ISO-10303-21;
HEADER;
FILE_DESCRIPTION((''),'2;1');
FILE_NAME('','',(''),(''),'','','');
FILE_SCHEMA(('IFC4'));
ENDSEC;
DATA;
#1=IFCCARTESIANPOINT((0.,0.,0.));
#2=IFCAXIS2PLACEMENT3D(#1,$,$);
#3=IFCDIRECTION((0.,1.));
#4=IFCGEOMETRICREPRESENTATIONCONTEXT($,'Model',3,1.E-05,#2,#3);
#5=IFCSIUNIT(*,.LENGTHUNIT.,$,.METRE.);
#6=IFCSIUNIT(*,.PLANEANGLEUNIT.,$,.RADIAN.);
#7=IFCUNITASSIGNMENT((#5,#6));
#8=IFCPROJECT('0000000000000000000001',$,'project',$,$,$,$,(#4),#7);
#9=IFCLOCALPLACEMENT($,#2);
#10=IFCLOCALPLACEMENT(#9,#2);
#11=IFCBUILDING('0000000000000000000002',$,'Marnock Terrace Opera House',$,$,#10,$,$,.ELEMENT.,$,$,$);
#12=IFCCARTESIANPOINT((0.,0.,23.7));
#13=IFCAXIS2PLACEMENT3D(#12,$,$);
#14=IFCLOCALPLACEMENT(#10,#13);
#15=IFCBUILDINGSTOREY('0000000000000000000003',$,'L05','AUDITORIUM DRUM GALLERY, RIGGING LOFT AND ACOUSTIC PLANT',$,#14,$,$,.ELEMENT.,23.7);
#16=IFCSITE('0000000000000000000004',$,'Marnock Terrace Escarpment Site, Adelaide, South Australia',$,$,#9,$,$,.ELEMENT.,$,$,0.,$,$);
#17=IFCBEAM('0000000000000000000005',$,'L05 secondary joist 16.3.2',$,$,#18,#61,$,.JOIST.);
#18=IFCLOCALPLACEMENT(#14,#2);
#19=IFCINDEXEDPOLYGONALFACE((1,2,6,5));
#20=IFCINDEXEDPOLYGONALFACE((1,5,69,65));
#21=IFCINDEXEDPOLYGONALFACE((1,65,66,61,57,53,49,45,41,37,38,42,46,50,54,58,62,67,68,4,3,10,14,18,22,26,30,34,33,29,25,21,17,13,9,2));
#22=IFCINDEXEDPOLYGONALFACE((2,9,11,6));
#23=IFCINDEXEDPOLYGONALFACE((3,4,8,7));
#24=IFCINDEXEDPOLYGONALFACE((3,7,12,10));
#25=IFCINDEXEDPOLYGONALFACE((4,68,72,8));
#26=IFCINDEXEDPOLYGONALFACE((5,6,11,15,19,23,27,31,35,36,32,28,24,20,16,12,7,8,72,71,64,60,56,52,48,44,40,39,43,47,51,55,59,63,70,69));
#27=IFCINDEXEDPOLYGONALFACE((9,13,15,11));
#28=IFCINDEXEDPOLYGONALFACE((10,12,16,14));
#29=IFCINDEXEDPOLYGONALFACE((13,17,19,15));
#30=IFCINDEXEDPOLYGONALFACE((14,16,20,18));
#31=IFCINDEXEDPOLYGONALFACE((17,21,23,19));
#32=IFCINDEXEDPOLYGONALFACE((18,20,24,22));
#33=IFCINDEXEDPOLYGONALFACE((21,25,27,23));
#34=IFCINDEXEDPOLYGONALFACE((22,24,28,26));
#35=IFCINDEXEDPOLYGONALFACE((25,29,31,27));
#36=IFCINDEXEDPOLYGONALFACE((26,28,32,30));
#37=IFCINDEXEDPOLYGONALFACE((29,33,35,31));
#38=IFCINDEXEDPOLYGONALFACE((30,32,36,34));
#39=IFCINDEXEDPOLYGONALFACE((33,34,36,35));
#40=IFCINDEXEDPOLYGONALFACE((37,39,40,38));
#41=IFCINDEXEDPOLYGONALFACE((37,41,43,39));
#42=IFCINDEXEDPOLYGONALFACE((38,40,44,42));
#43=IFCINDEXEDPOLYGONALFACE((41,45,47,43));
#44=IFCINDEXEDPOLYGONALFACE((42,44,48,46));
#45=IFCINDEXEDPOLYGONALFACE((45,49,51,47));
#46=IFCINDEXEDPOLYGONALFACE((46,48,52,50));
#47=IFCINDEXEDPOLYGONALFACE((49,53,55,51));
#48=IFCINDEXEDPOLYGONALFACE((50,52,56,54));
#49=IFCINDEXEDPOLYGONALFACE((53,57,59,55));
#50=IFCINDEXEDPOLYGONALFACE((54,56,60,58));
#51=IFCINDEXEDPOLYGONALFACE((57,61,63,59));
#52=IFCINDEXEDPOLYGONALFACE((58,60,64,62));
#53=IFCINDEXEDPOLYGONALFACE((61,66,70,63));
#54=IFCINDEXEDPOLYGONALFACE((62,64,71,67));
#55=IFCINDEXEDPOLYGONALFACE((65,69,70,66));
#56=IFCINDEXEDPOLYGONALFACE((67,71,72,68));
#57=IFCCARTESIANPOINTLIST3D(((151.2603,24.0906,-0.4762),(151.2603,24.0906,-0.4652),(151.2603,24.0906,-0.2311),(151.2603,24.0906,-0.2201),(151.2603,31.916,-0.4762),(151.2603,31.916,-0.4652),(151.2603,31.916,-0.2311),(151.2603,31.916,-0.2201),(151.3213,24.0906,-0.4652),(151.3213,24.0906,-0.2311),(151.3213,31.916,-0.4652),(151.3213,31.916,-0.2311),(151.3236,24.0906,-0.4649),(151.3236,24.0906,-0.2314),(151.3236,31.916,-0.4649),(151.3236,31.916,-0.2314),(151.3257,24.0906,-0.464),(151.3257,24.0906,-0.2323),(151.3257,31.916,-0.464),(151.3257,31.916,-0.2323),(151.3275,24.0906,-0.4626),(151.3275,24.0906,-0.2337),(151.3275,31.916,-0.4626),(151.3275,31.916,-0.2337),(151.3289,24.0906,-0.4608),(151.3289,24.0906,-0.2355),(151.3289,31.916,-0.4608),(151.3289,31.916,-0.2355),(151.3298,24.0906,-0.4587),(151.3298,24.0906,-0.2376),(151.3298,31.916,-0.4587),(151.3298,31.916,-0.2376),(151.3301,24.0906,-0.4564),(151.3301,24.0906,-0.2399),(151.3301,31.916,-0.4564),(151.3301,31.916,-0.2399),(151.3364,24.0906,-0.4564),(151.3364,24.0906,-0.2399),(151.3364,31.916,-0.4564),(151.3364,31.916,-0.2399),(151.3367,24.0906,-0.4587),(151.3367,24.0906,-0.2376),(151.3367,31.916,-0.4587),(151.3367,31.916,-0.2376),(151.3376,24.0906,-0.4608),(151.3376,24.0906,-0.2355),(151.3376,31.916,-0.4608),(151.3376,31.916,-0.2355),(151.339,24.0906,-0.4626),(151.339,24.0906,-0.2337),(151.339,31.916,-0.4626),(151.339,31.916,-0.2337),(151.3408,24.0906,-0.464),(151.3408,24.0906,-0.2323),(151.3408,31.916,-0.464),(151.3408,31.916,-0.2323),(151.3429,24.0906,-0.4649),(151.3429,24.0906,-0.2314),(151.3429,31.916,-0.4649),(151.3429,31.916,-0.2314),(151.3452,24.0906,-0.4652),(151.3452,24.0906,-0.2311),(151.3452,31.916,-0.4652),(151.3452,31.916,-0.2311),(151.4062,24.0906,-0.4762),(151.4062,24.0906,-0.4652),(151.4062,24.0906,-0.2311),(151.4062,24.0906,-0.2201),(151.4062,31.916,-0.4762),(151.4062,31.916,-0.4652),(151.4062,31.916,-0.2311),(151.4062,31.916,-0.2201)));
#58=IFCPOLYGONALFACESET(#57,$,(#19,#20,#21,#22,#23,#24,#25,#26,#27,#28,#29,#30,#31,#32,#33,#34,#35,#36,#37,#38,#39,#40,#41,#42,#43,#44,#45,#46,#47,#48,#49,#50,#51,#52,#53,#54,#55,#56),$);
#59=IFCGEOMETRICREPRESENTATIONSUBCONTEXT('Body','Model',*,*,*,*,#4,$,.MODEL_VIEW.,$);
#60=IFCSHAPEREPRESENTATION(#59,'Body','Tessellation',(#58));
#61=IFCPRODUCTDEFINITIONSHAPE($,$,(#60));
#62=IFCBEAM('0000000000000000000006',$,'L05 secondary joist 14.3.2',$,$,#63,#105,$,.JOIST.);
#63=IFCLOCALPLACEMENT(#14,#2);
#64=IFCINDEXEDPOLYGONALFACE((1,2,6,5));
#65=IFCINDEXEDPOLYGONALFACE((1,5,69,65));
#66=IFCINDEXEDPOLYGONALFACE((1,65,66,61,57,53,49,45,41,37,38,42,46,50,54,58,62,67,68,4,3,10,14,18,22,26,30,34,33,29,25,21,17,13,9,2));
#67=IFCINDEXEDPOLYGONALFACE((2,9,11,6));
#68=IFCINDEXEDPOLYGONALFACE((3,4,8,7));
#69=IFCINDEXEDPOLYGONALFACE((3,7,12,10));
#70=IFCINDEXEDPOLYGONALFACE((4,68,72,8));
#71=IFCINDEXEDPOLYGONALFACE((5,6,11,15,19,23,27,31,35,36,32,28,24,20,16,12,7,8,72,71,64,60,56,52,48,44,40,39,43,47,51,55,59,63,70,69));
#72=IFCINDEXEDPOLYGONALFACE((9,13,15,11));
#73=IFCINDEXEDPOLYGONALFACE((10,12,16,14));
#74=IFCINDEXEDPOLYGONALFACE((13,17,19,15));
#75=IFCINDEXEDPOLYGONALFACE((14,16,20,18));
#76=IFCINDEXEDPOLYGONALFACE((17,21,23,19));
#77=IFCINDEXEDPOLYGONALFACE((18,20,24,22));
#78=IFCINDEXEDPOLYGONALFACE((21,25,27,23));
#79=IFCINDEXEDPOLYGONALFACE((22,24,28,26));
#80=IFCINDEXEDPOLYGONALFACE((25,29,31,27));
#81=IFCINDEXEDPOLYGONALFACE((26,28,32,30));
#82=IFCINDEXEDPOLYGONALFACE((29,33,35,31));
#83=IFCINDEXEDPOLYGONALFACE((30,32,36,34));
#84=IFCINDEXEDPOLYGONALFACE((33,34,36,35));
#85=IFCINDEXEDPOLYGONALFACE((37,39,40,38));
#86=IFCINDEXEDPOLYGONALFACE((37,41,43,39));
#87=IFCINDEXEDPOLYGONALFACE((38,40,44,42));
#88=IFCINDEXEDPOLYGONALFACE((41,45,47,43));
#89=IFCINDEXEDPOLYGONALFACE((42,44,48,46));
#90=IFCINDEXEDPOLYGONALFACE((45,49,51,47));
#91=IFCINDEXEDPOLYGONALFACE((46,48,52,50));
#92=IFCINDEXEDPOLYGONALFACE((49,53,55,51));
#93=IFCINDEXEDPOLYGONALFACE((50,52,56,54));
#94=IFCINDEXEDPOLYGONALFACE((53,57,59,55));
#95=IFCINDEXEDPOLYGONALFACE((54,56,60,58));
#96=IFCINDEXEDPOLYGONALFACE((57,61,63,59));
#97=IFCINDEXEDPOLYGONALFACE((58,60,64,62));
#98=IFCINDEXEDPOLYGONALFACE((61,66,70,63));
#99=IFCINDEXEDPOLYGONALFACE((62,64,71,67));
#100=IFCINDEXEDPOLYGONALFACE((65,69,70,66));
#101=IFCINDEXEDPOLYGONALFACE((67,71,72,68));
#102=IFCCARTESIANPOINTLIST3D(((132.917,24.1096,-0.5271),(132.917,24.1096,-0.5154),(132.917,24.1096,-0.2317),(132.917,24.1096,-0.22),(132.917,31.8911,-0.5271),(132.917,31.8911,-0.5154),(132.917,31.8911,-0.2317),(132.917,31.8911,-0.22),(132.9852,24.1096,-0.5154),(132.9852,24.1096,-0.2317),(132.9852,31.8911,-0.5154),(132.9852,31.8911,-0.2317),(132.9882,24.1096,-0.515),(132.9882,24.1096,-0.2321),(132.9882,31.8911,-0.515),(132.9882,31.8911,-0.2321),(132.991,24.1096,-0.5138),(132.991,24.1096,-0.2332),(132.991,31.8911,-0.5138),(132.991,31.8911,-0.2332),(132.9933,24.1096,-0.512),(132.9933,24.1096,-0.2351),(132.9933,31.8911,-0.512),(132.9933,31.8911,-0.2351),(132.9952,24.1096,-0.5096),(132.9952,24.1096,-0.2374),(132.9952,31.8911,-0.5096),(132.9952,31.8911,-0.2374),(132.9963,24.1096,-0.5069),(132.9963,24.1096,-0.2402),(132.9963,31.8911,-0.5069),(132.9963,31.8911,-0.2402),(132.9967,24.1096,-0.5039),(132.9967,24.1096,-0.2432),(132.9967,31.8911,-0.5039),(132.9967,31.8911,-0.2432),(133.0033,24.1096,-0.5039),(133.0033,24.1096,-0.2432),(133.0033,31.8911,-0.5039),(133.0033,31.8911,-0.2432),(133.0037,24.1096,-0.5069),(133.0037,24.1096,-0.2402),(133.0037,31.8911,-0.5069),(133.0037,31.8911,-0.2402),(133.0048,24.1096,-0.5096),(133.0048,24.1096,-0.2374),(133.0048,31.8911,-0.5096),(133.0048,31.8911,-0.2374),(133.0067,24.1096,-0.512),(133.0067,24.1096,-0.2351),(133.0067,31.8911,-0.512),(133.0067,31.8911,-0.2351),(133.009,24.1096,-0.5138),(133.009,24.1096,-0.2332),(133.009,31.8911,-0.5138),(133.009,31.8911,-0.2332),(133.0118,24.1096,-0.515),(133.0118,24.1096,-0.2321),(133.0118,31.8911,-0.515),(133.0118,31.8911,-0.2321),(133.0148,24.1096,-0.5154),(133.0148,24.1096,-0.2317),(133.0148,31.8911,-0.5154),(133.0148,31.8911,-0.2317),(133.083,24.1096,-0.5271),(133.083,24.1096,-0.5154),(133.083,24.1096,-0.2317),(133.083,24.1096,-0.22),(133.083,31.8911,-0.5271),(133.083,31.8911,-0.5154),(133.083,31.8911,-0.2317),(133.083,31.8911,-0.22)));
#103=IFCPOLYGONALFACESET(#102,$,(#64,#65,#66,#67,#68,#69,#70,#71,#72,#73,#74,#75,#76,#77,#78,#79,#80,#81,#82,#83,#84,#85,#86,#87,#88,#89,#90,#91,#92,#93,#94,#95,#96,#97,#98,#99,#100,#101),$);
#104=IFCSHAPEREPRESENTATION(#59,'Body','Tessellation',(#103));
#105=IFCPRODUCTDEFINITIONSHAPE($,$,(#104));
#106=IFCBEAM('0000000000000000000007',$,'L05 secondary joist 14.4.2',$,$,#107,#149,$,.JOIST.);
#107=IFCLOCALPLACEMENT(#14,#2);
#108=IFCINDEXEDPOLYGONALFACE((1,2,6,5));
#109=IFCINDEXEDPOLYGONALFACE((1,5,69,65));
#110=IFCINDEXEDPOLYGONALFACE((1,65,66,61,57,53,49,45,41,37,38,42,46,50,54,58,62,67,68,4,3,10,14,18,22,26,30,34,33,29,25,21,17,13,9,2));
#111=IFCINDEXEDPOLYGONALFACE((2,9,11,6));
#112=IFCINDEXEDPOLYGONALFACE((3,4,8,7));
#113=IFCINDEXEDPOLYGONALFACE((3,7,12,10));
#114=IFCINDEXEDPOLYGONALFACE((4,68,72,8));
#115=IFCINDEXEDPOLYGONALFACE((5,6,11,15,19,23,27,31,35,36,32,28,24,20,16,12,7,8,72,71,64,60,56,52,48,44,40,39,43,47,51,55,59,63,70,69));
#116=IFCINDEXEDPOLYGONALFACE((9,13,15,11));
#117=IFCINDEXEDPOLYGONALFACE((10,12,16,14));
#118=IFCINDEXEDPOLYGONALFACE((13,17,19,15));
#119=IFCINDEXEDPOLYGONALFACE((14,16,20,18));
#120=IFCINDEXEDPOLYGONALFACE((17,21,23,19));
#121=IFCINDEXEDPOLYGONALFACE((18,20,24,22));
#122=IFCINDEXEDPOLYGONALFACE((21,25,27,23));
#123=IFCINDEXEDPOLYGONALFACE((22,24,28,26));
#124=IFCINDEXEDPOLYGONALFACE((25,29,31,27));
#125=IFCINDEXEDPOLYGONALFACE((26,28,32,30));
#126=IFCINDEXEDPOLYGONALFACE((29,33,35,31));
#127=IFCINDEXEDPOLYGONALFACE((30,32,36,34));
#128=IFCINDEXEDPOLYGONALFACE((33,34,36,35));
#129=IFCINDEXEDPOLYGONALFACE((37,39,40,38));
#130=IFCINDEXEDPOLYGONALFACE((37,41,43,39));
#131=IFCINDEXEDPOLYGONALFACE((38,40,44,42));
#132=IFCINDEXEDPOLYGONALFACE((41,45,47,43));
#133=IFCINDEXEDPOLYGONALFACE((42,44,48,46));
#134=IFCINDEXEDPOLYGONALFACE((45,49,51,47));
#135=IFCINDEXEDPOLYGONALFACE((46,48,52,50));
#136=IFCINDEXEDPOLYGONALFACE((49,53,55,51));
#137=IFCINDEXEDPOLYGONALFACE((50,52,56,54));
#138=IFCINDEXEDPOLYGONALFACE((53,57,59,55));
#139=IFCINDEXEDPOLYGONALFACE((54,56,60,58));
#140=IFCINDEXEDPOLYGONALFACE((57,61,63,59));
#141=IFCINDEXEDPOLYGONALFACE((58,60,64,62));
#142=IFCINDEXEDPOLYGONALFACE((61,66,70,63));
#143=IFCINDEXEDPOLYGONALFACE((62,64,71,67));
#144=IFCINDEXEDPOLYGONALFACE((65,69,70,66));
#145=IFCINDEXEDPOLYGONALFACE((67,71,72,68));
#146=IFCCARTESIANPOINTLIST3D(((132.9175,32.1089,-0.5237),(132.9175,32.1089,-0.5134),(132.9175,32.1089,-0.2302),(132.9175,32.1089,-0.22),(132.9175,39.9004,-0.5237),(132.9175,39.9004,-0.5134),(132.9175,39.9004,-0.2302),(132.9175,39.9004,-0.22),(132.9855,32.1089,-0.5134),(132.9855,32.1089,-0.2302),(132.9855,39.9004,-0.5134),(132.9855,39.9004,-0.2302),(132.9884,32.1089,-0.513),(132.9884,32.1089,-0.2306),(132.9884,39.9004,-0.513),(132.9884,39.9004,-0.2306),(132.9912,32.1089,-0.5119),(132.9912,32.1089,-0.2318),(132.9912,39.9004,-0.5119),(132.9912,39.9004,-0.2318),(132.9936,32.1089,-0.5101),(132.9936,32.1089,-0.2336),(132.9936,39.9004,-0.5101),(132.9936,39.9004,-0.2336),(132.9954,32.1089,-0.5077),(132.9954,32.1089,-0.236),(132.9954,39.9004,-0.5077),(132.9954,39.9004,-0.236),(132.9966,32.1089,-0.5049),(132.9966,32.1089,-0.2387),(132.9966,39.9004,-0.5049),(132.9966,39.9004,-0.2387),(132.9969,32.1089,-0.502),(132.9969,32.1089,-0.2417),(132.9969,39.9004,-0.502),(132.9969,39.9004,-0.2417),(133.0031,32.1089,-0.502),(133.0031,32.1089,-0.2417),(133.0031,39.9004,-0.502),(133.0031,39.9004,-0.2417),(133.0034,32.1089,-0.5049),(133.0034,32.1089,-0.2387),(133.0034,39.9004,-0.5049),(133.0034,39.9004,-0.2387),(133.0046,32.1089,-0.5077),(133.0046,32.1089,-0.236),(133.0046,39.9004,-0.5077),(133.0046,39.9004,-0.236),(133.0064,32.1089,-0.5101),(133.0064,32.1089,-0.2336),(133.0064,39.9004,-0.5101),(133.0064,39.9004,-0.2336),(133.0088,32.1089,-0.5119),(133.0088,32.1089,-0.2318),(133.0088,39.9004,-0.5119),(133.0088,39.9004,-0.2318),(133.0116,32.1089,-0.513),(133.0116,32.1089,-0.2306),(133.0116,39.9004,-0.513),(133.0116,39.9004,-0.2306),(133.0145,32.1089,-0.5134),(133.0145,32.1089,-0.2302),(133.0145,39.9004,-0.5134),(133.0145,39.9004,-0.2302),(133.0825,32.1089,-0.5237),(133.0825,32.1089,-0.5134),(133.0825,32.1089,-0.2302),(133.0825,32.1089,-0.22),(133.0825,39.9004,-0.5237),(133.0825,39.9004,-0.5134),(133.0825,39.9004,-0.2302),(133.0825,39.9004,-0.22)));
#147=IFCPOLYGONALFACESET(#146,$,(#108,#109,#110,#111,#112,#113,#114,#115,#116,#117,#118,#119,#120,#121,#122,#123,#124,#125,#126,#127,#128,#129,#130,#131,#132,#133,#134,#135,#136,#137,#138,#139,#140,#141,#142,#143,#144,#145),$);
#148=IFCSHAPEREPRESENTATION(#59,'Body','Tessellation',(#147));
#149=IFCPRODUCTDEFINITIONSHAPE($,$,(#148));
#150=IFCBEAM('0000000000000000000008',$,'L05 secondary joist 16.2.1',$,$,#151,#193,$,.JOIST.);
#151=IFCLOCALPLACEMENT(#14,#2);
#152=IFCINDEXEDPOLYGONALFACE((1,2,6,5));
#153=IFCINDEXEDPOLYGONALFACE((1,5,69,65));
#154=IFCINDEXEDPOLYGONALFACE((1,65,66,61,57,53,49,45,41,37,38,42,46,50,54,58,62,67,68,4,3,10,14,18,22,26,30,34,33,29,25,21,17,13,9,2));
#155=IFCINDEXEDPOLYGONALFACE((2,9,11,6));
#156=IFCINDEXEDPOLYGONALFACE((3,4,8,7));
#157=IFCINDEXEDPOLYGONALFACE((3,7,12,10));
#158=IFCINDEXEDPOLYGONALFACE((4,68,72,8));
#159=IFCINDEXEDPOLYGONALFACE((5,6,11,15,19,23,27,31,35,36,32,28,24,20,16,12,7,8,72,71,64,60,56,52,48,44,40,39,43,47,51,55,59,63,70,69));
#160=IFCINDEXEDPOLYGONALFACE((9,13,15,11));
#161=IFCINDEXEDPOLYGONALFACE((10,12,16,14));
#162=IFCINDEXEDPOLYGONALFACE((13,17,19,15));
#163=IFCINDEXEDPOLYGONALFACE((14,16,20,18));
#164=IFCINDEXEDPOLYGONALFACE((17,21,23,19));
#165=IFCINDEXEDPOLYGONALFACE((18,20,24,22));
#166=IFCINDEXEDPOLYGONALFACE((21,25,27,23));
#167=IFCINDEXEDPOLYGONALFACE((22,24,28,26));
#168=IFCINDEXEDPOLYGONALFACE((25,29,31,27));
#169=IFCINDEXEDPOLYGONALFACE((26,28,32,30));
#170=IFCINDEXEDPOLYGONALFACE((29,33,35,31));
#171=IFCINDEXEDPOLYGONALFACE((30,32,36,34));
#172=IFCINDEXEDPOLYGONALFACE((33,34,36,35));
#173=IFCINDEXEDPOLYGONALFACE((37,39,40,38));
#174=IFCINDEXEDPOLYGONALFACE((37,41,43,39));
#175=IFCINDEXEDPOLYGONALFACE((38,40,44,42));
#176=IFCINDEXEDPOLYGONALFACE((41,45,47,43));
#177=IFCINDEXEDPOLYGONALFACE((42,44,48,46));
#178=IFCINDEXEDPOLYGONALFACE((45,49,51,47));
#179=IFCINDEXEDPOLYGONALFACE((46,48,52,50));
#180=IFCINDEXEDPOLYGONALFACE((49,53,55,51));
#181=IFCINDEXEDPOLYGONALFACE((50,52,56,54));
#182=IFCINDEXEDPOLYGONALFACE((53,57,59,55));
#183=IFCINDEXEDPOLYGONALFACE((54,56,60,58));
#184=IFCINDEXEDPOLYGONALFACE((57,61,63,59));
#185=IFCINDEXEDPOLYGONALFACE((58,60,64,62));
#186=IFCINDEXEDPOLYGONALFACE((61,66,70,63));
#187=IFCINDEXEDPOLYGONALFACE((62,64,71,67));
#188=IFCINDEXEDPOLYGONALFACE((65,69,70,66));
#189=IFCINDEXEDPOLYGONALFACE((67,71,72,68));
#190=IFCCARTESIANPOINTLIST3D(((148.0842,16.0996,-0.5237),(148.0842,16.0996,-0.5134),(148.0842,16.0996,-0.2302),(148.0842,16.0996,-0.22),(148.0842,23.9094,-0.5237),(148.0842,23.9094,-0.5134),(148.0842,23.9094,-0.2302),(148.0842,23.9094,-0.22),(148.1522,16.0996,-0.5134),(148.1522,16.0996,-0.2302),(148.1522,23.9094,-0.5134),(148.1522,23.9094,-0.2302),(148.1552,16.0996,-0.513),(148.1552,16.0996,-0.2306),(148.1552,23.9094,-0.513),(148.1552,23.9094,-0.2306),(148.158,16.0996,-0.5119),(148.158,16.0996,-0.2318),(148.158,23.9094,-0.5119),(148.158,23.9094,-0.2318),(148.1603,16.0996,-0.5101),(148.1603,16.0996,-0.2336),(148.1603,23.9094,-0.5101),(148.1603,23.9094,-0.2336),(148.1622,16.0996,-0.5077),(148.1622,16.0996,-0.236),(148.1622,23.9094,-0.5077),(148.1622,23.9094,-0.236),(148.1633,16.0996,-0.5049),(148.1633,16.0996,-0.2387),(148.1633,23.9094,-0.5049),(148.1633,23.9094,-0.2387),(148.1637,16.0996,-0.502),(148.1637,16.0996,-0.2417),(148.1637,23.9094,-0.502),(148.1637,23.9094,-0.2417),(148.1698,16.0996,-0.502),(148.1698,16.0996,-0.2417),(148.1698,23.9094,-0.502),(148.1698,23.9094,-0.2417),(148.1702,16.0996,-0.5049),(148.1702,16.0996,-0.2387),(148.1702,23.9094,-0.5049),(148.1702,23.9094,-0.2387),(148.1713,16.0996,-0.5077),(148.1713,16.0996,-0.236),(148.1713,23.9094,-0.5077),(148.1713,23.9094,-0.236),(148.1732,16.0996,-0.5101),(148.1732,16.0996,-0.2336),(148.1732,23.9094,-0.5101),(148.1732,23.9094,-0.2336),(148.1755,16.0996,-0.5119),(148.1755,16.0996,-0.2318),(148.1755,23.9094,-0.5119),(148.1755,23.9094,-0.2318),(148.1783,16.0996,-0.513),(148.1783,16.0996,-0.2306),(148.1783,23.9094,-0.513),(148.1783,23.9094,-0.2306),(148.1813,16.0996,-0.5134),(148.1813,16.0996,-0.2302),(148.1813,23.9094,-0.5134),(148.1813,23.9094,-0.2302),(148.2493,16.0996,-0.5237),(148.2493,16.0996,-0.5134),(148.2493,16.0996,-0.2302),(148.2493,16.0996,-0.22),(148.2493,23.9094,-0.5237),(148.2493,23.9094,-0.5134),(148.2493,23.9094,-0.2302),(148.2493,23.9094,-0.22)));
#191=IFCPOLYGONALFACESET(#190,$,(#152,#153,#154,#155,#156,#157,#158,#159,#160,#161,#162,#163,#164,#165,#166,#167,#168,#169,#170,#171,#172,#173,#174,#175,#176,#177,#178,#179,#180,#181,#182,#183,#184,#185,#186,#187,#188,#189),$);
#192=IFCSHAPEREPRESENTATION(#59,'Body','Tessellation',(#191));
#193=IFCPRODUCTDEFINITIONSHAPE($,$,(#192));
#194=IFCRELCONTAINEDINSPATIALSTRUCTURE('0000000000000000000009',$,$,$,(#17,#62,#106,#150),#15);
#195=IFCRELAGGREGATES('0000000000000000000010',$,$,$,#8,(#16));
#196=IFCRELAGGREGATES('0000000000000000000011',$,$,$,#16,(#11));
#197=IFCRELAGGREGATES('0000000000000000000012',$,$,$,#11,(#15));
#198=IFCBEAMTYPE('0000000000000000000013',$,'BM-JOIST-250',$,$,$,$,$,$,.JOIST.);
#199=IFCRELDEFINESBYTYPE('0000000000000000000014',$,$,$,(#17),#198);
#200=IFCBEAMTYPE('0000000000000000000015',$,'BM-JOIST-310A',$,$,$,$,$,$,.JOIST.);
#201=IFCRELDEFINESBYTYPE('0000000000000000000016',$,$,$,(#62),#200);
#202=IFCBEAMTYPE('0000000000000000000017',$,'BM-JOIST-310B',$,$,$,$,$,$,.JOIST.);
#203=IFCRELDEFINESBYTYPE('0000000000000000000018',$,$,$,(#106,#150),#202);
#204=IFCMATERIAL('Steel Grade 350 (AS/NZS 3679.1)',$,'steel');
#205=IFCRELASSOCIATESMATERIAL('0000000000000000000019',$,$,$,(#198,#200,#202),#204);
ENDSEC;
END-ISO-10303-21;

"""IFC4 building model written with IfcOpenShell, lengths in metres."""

from ifc_helpers import new_model, si_unit, direction, frame, origin, origin_2d, place, context, subcontext, project, spatial, i_section, extrude, material, material_profile, profile_set, type_object, element, save


model = new_model("IFC4")

# Units and contexts
model_context = context("Model", 3, precision=1e-05, world=origin(), true_north=direction((0.0, 1.0)))
body_context = subcontext(model_context, "Body", "Model", "MODEL_VIEW")
ifc_project = project(units=[si_unit("LENGTHUNIT", "METRE"), si_unit("PLANEANGLEUNIT", "RADIAN")], contexts=[model_context])

# Site, building, storey
site_placement = place(None, origin())
site = spatial("IfcSite", under=ifc_project, at=site_placement, Name="Marnock Terrace Escarpment Site, Adelaide, South Australia", CompositionType="ELEMENT", RefElevation=0.0)
building_placement = place(site_placement, origin())
building = spatial("IfcBuilding", under=site, at=building_placement, Name="Marnock Terrace Opera House", CompositionType="ELEMENT")
storey_placement = place(building_placement, frame((0.0, 0.0, 23.7)))
storey = spatial("IfcBuildingStorey", under=building, at=storey_placement, Name="L05", Description="AUDITORIUM DRUM GALLERY, RIGGING LOFT AND ACOUSTIC PLANT", CompositionType="ELEMENT", Elevation=23.7)

# Beams
ifc_material_1 = material(Name="Steel Grade 350 (AS/NZS 3679.1)", Category="steel")
ifc_material_profile_1 = material_profile(ifc_material_1, i_section(OverallWidth=0.146, OverallDepth=0.2561, WebThickness=0.0063, FlangeThickness=0.011, FilletRadius=0.0088, at=origin_2d()))
ifc_profile_set_1 = profile_set([ifc_material_profile_1], Name="Steel Grade 350 (AS/NZS 3679.1)")
beam_type_1 = type_object("IfcBeamType", Name="BM-JOIST-250", PredefinedType="JOIST", material=ifc_profile_set_1)
for number, where, z_axis, x_axis, name in (
    (1, (151.3333, 24.0906, -0.3481), (0.0, 1.0, 0.0), (-1.0, 0.0, 0.0), "L05 secondary joist 16.3.2"),
):
    element("IfcBeam", number, at=place(storey_placement, frame(where, z_axis=z_axis, x_axis=x_axis)), inside=storey, type_object=beam_type_1, Name=name, PredefinedType="JOIST", context=body_context, shape_type="SweptSolid", body=[
        extrude(i_section(OverallWidth=0.146, OverallDepth=0.2561, WebThickness=0.0063, FlangeThickness=0.011, FilletRadius=0.0088, at=origin_2d()), origin(), (0.0, 0.0, 1.0), 7.8254),
    ])
ifc_material_profile_2 = material_profile(ifc_material_1, i_section(OverallWidth=0.166, OverallDepth=0.3071, WebThickness=0.0066, FlangeThickness=0.0117, FilletRadius=0.0115, at=origin_2d()))
ifc_profile_set_2 = profile_set([ifc_material_profile_2], Name="Steel Grade 350 (AS/NZS 3679.1)")
beam_type_2 = type_object("IfcBeamType", Name="BM-JOIST-310A", PredefinedType="JOIST", material=ifc_profile_set_2)
beam_1_placement = place(storey_placement, frame((133.0, 24.1096, -0.3735), z_axis=(0.0, 1.0, 0.0), x_axis=(-1.0, 0.0, 0.0)))
element("IfcBeam", 2, at=beam_1_placement, inside=storey, type_object=beam_type_2, Name="L05 secondary joist 14.3.2", PredefinedType="JOIST", context=body_context, shape_type="SweptSolid", body=[
    extrude(i_section(OverallWidth=0.166, OverallDepth=0.3071, WebThickness=0.0066, FlangeThickness=0.0117, FilletRadius=0.0115, at=origin_2d()), origin(), (0.0, 0.0, 1.0), 7.7815),
])
ifc_material_profile_3 = material_profile(ifc_material_1, i_section(OverallWidth=0.165, OverallDepth=0.3037, WebThickness=0.0061, FlangeThickness=0.0103, FilletRadius=0.0115, at=origin_2d()))
ifc_profile_set_3 = profile_set([ifc_material_profile_3], Name="Steel Grade 350 (AS/NZS 3679.1)")
beam_type_3 = type_object("IfcBeamType", Name="BM-JOIST-310B", PredefinedType="JOIST", material=ifc_profile_set_3)
beam_2_placement = place(storey_placement, frame((133.0, 32.1089, -0.3718), z_axis=(0.0, 1.0, 0.0), x_axis=(-1.0, 0.0, 0.0)))
element("IfcBeam", 3, at=beam_2_placement, inside=storey, type_object=beam_type_3, Name="L05 secondary joist 14.4.2", PredefinedType="JOIST", context=body_context, shape_type="SweptSolid", body=[
    extrude(i_section(OverallWidth=0.165, OverallDepth=0.3037, WebThickness=0.0061, FlangeThickness=0.0103, FilletRadius=0.0115, at=origin_2d()), origin(), (0.0, 0.0, 1.0), 7.7915),
])
for number, where, z_axis, x_axis, name in (
    (4, (148.1667, 16.0996, -0.3718), (0.0, 1.0, 0.0), (-1.0, 0.0, 0.0), "L05 secondary joist 16.2.1"),
):
    element("IfcBeam", number, at=place(storey_placement, frame(where, z_axis=z_axis, x_axis=x_axis)), inside=storey, type_object=beam_type_3, Name=name, PredefinedType="JOIST", context=body_context, shape_type="SweptSolid", body=[
        extrude(i_section(OverallWidth=0.165, OverallDepth=0.3037, WebThickness=0.0061, FlangeThickness=0.0103, FilletRadius=0.0115, at=origin_2d()), origin(), (0.0, 0.0, 1.0), 7.8098),
    ])

save(model, "model.ifc")
